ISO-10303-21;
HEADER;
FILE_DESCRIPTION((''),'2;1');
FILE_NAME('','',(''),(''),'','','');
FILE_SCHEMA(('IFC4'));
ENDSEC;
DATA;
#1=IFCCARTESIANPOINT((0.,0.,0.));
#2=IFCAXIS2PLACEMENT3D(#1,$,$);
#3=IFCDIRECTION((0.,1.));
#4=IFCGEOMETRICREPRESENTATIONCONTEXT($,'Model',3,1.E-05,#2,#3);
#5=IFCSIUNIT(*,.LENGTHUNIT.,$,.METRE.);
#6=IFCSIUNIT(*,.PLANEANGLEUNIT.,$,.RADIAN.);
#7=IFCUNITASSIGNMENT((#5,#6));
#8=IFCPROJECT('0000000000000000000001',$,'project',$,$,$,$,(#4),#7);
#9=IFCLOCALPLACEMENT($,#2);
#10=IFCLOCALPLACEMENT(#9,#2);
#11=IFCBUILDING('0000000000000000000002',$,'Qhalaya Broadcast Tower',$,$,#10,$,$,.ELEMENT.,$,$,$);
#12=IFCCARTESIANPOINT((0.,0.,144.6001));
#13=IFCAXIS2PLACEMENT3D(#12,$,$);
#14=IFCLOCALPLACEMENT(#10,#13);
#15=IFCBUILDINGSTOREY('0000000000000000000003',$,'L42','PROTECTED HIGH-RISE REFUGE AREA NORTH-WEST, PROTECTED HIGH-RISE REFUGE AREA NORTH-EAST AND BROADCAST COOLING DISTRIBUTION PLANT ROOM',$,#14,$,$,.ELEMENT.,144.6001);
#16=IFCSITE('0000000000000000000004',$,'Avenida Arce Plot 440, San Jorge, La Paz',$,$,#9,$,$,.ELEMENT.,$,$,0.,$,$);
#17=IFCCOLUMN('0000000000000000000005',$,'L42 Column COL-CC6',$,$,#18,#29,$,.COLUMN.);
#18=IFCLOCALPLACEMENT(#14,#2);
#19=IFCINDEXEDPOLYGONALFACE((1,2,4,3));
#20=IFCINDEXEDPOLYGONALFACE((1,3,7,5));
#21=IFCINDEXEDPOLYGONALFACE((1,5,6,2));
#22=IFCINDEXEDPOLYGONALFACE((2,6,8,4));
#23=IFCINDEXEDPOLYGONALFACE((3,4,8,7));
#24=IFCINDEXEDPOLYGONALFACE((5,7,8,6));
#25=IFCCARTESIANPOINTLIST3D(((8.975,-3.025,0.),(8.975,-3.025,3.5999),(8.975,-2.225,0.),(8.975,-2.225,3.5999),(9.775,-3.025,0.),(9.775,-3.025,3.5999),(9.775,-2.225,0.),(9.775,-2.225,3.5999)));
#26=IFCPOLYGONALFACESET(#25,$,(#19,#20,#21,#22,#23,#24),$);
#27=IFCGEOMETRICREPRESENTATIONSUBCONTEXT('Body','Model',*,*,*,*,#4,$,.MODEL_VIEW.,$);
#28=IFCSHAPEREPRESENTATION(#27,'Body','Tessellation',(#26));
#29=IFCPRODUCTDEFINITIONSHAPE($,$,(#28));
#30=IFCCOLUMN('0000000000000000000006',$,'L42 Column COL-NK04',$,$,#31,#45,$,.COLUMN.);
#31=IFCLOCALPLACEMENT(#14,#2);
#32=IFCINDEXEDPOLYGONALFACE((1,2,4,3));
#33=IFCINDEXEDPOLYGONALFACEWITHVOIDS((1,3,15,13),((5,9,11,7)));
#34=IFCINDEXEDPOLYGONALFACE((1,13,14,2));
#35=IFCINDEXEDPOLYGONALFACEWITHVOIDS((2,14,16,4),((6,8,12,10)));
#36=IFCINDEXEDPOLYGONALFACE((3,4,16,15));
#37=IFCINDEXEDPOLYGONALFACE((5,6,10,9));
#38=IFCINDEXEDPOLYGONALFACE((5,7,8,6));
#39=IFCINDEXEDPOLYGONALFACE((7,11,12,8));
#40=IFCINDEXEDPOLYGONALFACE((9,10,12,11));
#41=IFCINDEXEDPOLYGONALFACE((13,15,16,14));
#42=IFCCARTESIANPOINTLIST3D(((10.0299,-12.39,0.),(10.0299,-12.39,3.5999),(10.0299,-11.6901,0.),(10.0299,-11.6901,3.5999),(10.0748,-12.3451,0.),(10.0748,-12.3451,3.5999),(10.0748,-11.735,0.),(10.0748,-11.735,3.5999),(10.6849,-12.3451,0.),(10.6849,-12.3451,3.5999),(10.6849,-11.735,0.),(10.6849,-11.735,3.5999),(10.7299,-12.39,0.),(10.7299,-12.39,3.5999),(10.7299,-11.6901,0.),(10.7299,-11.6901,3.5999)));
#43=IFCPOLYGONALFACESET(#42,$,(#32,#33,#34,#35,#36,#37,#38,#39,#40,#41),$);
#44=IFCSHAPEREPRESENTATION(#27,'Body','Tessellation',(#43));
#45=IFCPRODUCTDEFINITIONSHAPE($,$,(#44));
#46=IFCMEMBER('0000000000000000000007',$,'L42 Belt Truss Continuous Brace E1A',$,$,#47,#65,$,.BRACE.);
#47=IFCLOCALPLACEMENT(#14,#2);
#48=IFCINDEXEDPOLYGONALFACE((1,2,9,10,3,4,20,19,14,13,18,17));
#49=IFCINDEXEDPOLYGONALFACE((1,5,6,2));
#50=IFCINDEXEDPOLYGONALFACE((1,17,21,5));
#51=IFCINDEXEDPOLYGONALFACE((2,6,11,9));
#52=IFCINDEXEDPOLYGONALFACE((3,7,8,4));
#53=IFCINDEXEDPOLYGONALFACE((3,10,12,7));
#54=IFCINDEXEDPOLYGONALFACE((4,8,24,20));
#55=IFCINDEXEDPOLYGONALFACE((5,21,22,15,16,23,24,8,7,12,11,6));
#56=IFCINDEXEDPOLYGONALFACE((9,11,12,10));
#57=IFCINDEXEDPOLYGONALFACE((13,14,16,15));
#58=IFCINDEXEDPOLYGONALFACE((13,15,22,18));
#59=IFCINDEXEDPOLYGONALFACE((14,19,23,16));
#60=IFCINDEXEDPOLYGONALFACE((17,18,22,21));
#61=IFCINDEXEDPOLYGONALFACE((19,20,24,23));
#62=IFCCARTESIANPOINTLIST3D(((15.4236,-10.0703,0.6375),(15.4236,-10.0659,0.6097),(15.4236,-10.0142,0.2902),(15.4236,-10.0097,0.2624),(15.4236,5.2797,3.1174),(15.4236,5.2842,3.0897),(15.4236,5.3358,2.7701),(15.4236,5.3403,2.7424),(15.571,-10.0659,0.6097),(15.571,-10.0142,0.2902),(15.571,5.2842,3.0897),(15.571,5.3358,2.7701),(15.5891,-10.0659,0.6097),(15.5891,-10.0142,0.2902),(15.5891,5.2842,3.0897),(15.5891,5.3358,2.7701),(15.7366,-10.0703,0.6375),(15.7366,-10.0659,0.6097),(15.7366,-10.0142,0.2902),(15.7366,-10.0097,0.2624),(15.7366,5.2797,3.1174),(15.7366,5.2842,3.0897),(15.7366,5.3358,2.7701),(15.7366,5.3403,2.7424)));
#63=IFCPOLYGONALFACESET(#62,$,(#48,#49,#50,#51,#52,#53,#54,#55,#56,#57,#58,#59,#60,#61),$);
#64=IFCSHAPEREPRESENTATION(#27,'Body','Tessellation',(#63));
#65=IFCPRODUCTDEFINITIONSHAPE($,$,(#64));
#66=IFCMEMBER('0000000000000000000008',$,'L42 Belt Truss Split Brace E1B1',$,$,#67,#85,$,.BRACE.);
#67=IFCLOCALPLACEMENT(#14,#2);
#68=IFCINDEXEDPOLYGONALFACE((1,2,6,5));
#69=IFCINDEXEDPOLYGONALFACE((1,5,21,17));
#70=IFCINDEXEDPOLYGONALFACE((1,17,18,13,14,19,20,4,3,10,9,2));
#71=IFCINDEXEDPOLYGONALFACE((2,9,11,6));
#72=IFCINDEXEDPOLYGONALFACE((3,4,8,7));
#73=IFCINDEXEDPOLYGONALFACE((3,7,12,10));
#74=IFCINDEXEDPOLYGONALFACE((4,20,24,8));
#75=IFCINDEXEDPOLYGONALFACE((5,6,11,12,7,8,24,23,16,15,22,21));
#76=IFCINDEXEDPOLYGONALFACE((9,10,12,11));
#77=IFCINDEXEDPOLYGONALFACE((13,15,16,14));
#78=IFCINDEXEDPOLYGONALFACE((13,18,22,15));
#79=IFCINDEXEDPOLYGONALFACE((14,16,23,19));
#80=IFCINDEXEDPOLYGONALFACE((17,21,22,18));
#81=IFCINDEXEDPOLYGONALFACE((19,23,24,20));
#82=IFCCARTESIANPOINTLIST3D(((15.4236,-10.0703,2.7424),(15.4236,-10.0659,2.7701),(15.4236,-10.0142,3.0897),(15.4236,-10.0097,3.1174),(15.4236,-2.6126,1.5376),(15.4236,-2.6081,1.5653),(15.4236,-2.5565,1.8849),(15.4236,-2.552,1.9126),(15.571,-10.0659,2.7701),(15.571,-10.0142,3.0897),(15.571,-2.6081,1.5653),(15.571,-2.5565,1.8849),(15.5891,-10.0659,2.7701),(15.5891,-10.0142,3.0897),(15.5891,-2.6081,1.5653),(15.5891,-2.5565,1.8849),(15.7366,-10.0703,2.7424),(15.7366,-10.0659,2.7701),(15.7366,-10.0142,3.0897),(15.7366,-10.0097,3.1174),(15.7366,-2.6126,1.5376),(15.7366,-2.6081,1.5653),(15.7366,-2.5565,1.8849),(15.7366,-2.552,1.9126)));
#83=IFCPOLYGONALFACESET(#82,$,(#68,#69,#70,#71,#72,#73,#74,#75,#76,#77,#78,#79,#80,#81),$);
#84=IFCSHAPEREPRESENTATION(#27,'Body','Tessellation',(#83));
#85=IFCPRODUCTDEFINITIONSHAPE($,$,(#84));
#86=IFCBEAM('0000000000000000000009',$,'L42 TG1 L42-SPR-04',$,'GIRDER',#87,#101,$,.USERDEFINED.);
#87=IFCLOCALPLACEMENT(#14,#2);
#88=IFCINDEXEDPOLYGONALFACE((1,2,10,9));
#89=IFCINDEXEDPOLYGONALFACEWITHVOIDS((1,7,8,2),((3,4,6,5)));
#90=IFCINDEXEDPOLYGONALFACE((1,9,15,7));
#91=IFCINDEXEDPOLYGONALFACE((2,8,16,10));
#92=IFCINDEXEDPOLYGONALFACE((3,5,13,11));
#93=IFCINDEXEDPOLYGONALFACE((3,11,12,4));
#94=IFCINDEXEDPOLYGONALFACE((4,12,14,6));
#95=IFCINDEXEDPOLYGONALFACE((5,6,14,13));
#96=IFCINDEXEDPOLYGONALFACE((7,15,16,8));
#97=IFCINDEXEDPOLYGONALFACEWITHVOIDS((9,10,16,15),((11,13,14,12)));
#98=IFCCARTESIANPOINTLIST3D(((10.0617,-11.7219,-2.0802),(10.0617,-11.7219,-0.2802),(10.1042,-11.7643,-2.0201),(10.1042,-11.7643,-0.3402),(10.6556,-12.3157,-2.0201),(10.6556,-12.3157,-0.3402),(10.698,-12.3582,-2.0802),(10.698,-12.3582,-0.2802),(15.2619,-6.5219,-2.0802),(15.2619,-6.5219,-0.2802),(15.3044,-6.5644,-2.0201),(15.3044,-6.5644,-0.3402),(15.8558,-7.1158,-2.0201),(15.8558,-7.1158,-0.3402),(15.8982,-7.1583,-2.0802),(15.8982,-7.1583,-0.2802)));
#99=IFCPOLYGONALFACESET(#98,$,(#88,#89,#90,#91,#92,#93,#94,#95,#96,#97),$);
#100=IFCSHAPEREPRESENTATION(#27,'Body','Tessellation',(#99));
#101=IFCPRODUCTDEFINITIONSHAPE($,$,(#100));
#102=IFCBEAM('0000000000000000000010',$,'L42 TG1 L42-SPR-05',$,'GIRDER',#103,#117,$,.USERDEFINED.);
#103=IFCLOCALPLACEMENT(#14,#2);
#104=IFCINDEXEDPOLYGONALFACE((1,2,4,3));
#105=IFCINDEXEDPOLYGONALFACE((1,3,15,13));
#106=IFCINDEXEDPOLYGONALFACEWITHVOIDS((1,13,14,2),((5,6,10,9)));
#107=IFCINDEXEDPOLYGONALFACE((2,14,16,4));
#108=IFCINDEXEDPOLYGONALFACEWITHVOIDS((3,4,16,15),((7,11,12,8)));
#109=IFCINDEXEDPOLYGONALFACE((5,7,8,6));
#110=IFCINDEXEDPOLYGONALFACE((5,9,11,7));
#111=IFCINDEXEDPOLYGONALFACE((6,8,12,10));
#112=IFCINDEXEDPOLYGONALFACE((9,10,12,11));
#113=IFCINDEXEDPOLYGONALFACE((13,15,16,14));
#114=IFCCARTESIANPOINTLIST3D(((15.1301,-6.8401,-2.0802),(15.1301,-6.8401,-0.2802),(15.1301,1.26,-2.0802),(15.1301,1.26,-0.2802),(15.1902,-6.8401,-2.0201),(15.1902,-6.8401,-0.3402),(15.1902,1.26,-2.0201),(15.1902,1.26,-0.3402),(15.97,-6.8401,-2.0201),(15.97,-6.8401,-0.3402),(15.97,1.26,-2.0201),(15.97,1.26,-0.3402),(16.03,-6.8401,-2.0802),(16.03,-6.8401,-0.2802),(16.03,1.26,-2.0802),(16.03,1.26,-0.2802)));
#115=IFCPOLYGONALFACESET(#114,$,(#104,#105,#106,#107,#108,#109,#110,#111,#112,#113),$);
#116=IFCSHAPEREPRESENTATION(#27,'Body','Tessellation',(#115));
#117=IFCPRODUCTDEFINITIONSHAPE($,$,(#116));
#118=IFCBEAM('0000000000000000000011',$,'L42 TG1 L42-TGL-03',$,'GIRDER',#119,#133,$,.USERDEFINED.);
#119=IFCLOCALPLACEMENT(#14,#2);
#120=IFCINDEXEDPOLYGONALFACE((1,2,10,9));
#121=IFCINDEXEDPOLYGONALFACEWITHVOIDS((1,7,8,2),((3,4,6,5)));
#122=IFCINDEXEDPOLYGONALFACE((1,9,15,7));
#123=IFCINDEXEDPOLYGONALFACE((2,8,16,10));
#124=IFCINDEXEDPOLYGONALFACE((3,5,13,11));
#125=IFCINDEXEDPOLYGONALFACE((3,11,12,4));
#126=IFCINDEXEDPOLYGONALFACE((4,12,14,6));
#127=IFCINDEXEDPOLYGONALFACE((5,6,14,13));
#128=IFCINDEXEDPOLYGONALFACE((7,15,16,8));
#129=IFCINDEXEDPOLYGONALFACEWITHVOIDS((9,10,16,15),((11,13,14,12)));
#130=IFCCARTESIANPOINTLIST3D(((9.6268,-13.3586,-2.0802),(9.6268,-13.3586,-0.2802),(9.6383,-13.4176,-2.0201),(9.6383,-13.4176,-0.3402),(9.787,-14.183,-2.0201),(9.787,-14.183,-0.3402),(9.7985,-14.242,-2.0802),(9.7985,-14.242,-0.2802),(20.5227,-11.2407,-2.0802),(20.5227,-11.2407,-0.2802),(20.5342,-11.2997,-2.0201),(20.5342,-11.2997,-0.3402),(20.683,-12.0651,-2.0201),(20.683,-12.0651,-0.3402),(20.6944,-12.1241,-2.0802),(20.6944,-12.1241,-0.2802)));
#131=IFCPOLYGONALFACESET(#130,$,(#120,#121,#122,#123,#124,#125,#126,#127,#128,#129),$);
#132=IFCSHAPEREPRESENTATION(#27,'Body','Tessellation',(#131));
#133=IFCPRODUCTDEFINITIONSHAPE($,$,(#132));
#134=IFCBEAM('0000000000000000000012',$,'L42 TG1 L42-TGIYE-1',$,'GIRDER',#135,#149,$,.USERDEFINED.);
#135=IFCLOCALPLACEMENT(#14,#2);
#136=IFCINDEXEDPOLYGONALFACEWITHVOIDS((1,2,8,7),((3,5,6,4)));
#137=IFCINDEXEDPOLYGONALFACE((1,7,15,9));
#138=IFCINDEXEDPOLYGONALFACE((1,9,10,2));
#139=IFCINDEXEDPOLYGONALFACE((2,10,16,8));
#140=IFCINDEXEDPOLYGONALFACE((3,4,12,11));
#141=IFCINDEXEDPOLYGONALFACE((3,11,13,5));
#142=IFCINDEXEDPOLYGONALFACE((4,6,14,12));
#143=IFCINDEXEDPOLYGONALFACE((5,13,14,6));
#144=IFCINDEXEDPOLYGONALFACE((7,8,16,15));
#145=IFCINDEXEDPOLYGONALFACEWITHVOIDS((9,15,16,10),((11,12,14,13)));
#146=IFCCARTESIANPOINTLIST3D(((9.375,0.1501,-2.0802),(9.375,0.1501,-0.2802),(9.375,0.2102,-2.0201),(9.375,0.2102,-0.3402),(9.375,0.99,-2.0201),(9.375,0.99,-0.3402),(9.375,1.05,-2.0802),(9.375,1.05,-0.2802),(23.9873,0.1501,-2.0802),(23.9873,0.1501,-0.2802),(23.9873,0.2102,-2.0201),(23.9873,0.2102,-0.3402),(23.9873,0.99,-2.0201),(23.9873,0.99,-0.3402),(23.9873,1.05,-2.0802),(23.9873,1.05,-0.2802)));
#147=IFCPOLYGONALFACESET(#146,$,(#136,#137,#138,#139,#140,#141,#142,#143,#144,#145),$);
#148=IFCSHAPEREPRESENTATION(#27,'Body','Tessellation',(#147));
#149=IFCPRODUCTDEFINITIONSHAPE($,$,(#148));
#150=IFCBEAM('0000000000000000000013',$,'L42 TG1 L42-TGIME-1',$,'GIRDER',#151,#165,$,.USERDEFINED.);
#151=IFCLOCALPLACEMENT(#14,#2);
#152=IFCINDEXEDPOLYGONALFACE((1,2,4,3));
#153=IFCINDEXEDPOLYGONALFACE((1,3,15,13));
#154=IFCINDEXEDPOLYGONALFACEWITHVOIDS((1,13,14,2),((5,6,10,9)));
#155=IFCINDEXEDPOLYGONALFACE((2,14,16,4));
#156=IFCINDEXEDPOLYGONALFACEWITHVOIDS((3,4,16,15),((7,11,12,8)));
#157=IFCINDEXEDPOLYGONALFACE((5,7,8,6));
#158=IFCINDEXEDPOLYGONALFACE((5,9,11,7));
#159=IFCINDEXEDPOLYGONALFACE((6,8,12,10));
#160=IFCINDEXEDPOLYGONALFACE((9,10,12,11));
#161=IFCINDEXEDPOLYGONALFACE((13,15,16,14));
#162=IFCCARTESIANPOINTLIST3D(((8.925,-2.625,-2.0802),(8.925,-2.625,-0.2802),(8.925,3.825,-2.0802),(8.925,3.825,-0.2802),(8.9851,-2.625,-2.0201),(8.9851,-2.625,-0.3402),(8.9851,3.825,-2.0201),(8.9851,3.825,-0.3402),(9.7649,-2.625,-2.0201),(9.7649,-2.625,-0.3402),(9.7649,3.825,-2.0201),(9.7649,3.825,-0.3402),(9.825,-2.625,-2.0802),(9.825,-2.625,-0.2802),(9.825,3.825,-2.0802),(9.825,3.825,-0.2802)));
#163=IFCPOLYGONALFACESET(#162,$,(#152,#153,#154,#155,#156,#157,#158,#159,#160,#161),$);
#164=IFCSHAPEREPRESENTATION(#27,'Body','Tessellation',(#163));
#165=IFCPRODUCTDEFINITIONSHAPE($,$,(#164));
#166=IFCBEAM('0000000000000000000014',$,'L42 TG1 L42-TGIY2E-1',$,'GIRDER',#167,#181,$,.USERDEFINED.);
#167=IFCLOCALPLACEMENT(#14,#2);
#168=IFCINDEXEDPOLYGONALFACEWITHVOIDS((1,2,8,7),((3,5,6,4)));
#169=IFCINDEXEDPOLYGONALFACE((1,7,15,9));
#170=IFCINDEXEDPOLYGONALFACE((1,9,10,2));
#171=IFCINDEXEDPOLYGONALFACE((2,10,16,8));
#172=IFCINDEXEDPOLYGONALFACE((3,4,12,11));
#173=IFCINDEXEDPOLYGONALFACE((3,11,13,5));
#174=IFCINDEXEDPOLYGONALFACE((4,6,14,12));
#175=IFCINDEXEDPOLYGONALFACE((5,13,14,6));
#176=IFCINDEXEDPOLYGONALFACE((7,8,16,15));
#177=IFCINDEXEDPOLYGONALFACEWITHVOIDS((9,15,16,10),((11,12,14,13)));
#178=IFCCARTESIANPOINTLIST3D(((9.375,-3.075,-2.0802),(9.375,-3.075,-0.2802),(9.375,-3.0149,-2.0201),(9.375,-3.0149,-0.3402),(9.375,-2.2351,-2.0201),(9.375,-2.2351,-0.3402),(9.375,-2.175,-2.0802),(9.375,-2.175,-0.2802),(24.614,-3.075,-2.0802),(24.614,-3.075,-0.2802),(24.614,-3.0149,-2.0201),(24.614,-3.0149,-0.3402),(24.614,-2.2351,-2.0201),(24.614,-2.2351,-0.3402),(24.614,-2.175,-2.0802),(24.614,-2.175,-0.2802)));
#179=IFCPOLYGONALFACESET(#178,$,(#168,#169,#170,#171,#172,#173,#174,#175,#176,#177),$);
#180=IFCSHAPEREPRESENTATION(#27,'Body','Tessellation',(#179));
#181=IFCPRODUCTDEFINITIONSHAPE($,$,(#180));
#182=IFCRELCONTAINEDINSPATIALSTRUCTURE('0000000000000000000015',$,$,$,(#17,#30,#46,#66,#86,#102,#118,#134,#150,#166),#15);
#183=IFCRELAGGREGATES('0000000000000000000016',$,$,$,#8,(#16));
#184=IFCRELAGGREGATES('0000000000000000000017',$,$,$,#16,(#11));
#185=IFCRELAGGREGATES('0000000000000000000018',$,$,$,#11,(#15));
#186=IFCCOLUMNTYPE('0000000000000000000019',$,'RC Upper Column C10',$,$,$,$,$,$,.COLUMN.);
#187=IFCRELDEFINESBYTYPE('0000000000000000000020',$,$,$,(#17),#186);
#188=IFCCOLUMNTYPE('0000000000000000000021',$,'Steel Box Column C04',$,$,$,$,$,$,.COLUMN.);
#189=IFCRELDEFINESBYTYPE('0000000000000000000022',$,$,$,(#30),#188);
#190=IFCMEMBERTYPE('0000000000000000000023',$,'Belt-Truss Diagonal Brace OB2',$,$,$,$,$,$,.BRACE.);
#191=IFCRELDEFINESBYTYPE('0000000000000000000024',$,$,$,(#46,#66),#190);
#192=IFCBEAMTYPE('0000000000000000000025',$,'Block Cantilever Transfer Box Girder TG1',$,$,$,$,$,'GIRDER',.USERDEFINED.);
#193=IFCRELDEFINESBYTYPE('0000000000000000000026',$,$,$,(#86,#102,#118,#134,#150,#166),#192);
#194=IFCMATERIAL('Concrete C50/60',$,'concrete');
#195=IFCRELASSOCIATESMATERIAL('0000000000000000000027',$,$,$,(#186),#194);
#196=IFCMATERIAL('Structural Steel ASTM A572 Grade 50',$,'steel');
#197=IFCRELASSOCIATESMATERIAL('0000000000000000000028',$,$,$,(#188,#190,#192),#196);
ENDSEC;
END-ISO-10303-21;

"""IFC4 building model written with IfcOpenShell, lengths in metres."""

from ifc_helpers import new_model, si_unit, direction, frame, origin, origin_2d, place, context, subcontext, project, spatial, rectangle, hollow_rectangle, i_section, extrude, material, material_profile, profile_set, type_object, element, save


model = new_model("IFC4")

# Units and contexts
model_context = context("Model", 3, precision=1e-05, world=origin(), true_north=direction((0.0, 1.0)))
body_context = subcontext(model_context, "Body", "Model", "MODEL_VIEW")
ifc_project = project(units=[si_unit("LENGTHUNIT", "METRE"), si_unit("PLANEANGLEUNIT", "RADIAN")], contexts=[model_context])

# Site, building, storey
site_placement = place(None, origin())
site = spatial("IfcSite", under=ifc_project, at=site_placement, Name="Avenida Arce Plot 440, San Jorge, La Paz", CompositionType="ELEMENT", RefElevation=0.0)
building_placement = place(site_placement, origin())
building = spatial("IfcBuilding", under=site, at=building_placement, Name="Qhalaya Broadcast Tower", CompositionType="ELEMENT")
storey_placement = place(building_placement, frame((0.0, 0.0, 144.6001)))
storey = spatial("IfcBuildingStorey", under=building, at=storey_placement, Name="L42", Description="PROTECTED HIGH-RISE REFUGE AREA NORTH-WEST, PROTECTED HIGH-RISE REFUGE AREA NORTH-EAST AND BROADCAST COOLING DISTRIBUTION PLANT ROOM", CompositionType="ELEMENT", Elevation=144.6001)

# Columns
ifc_material_1 = material(Name="Concrete C50/60", Category="concrete")
ifc_material_profile_1 = material_profile(ifc_material_1, rectangle(XDim=0.8, YDim=0.8, at=origin_2d()), Name="RC-COL 800x800")
ifc_profile_set_1 = profile_set([ifc_material_profile_1], Name="Concrete C50/60")
column_type_1 = type_object("IfcColumnType", Name="RC Upper Column C10", PredefinedType="COLUMN", material=ifc_profile_set_1)
column_1_placement = place(storey_placement, frame((9.375, -2.625, 0.0), z_axis=(0.0, 0.0, 1.0), x_axis=(1.0, 0.0, 0.0)))
element("IfcColumn", 1, at=column_1_placement, inside=storey, type_object=column_type_1, Name="L42 Column COL-CC6", PredefinedType="COLUMN", context=body_context, shape_type="SweptSolid", body=[
    extrude(rectangle(XDim=0.8, YDim=0.8, at=origin_2d()), origin(), (0.0, 0.0, 1.0), 3.5999),
])
ifc_material_2 = material(Name="Structural Steel ASTM A572 Grade 50", Category="steel")
ifc_material_profile_2 = material_profile(ifc_material_2, hollow_rectangle(XDim=0.7, YDim=0.7, WallThickness=0.0449, at=origin_2d()), Name="BOX 700x700x45")
ifc_profile_set_2 = profile_set([ifc_material_profile_2], Name="Structural Steel ASTM A572 Grade 50")
column_type_2 = type_object("IfcColumnType", Name="Steel Box Column C04", PredefinedType="COLUMN", material=ifc_profile_set_2)
column_2_placement = place(storey_placement, frame((10.3799, -12.04, 0.0), z_axis=(0.0, 0.0, 1.0), x_axis=(1.0, 0.0, 0.0)))
element("IfcColumn", 2, at=column_2_placement, inside=storey, type_object=column_type_2, Name="L42 Column COL-NK04", PredefinedType="COLUMN", context=body_context, shape_type="SweptSolid", body=[
    extrude(hollow_rectangle(XDim=0.7, YDim=0.7, WallThickness=0.0449, at=origin_2d()), origin(), (0.0, 0.0, 1.0), 3.5999),
])

# Members
ifc_material_profile_3 = material_profile(ifc_material_2, i_section(OverallWidth=0.313, OverallDepth=0.3799, WebThickness=0.0181, FlangeThickness=0.0281, at=origin_2d()), Name="W12X120")
ifc_profile_set_3 = profile_set([ifc_material_profile_3], Name="Structural Steel ASTM A572 Grade 50")
member_type = type_object("IfcMemberType", Name="Belt-Truss Diagonal Brace OB2", PredefinedType="BRACE", material=ifc_profile_set_3)
member_1_placement = place(storey_placement, frame((15.5801, -10.04, 0.45), z_axis=(0.0, 0.987199, 0.159493), x_axis=(-1.0, 0.0, 0.0)))
element("IfcMember", 3, at=member_1_placement, inside=storey, type_object=member_type, Name="L42 Belt Truss Continuous Brace E1A", PredefinedType="BRACE", context=body_context, shape_type="SweptSolid", body=[
    extrude(i_section(OverallWidth=0.313, OverallDepth=0.3799, WebThickness=0.0181, FlangeThickness=0.0281, at=origin_2d()), origin(), (0.0, 0.0, 1.0), 15.5491),
])
member_2_placement = place(storey_placement, frame((15.5801, -10.04, 2.9299), z_axis=(0.0, 0.9872, -0.159486), x_axis=(-1.0, 0.0, 0.0)))
element("IfcMember", 4, at=member_2_placement, inside=storey, type_object=member_type, Name="L42 Belt Truss Split Brace E1B1", PredefinedType="BRACE", context=body_context, shape_type="SweptSolid", body=[
    extrude(i_section(OverallWidth=0.313, OverallDepth=0.3799, WebThickness=0.0181, FlangeThickness=0.0281, at=origin_2d()), origin(), (0.0, 0.0, 1.0), 7.5544),
])

# Beams
ifc_material_profile_4 = material_profile(ifc_material_2, hollow_rectangle(XDim=0.8999, YDim=1.8, WallThickness=0.0601, at=origin_2d()), Name="BOX 900x1800x60")
ifc_profile_set_4 = profile_set([ifc_material_profile_4], Name="Structural Steel ASTM A572 Grade 50")
beam_type_1 = type_object("IfcBeamType", Name="Block Cantilever Transfer Box Girder TG1", ElementType="GIRDER", PredefinedType="USERDEFINED", material=ifc_profile_set_4)
beam_1_placement = place(storey_placement, frame((10.3799, -12.04, -1.1802), z_axis=(0.707123, 0.70709, 0.0), x_axis=(-0.70709, 0.707123, 0.0)))
element("IfcBeam", 5, at=beam_1_placement, inside=storey, type_object=beam_type_1, Name="L42 TG1 L42-SPR-04", ObjectType="GIRDER", PredefinedType="USERDEFINED", context=body_context, shape_type="SweptSolid", body=[
    extrude(hollow_rectangle(XDim=0.8999, YDim=1.8, WallThickness=0.0601, at=origin_2d()), origin(), (0.0, 0.0, 1.0), 7.354),
])
beam_2_placement = place(storey_placement, frame((15.5801, -6.8401, -1.1802), z_axis=(0.0, 1.0, 0.0), x_axis=(-1.0, 0.0, 0.0)))
element("IfcBeam", 6, at=beam_2_placement, inside=storey, type_object=beam_type_1, Name="L42 TG1 L42-SPR-05", ObjectType="GIRDER", PredefinedType="USERDEFINED", context=body_context, shape_type="SweptSolid", body=[
    extrude(hollow_rectangle(XDim=0.8999, YDim=1.8, WallThickness=0.0601, at=origin_2d()), origin(), (0.0, 0.0, 1.0), 8.1001),
])
beam_3_placement = place(storey_placement, frame((9.7126, -13.8003, -1.1802), z_axis=(0.981628, 0.190805, 0.0), x_axis=(-0.190805, 0.981628, 0.0)))
element("IfcBeam", 7, at=beam_3_placement, inside=storey, type_object=beam_type_1, Name="L42 TG1 L42-TGL-03", ObjectType="GIRDER", PredefinedType="USERDEFINED", context=body_context, shape_type="SweptSolid", body=[
    extrude(hollow_rectangle(XDim=0.8999, YDim=1.8, WallThickness=0.0601, at=origin_2d()), origin(), (0.0, 0.0, 1.0), 11.0999),
])
beam_4_placement = place(storey_placement, frame((9.375, 0.6001, -1.1802), z_axis=(1.0, 0.0, 0.0), x_axis=(0.0, 1.0, 0.0)))
element("IfcBeam", 8, at=beam_4_placement, inside=storey, type_object=beam_type_1, Name="L42 TG1 L42-TGIYE-1", ObjectType="GIRDER", PredefinedType="USERDEFINED", context=body_context, shape_type="SweptSolid", body=[
    extrude(hollow_rectangle(XDim=0.8999, YDim=1.8, WallThickness=0.0601, at=origin_2d()), origin(), (0.0, 0.0, 1.0), 14.6123),
])
beam_5_placement = place(storey_placement, frame((9.375, -2.625, -1.1802), z_axis=(0.0, 1.0, 0.0), x_axis=(-1.0, 0.0, 0.0)))
element("IfcBeam", 9, at=beam_5_placement, inside=storey, type_object=beam_type_1, Name="L42 TG1 L42-TGIME-1", ObjectType="GIRDER", PredefinedType="USERDEFINED", context=body_context, shape_type="SweptSolid", body=[
    extrude(hollow_rectangle(XDim=0.8999, YDim=1.8, WallThickness=0.0601, at=origin_2d()), origin(), (0.0, 0.0, 1.0), 6.45),
])
beam_6_placement = place(storey_placement, frame((9.375, -2.625, -1.1802), z_axis=(1.0, 0.0, 0.0), x_axis=(0.0, 1.0, 0.0)))
element("IfcBeam", 10, at=beam_6_placement, inside=storey, type_object=beam_type_1, Name="L42 TG1 L42-TGIY2E-1", ObjectType="GIRDER", PredefinedType="USERDEFINED", context=body_context, shape_type="SweptSolid", body=[
    extrude(hollow_rectangle(XDim=0.8999, YDim=1.8, WallThickness=0.0601, at=origin_2d()), origin(), (0.0, 0.0, 1.0), 15.239),
])

save(model, "model.ifc")
